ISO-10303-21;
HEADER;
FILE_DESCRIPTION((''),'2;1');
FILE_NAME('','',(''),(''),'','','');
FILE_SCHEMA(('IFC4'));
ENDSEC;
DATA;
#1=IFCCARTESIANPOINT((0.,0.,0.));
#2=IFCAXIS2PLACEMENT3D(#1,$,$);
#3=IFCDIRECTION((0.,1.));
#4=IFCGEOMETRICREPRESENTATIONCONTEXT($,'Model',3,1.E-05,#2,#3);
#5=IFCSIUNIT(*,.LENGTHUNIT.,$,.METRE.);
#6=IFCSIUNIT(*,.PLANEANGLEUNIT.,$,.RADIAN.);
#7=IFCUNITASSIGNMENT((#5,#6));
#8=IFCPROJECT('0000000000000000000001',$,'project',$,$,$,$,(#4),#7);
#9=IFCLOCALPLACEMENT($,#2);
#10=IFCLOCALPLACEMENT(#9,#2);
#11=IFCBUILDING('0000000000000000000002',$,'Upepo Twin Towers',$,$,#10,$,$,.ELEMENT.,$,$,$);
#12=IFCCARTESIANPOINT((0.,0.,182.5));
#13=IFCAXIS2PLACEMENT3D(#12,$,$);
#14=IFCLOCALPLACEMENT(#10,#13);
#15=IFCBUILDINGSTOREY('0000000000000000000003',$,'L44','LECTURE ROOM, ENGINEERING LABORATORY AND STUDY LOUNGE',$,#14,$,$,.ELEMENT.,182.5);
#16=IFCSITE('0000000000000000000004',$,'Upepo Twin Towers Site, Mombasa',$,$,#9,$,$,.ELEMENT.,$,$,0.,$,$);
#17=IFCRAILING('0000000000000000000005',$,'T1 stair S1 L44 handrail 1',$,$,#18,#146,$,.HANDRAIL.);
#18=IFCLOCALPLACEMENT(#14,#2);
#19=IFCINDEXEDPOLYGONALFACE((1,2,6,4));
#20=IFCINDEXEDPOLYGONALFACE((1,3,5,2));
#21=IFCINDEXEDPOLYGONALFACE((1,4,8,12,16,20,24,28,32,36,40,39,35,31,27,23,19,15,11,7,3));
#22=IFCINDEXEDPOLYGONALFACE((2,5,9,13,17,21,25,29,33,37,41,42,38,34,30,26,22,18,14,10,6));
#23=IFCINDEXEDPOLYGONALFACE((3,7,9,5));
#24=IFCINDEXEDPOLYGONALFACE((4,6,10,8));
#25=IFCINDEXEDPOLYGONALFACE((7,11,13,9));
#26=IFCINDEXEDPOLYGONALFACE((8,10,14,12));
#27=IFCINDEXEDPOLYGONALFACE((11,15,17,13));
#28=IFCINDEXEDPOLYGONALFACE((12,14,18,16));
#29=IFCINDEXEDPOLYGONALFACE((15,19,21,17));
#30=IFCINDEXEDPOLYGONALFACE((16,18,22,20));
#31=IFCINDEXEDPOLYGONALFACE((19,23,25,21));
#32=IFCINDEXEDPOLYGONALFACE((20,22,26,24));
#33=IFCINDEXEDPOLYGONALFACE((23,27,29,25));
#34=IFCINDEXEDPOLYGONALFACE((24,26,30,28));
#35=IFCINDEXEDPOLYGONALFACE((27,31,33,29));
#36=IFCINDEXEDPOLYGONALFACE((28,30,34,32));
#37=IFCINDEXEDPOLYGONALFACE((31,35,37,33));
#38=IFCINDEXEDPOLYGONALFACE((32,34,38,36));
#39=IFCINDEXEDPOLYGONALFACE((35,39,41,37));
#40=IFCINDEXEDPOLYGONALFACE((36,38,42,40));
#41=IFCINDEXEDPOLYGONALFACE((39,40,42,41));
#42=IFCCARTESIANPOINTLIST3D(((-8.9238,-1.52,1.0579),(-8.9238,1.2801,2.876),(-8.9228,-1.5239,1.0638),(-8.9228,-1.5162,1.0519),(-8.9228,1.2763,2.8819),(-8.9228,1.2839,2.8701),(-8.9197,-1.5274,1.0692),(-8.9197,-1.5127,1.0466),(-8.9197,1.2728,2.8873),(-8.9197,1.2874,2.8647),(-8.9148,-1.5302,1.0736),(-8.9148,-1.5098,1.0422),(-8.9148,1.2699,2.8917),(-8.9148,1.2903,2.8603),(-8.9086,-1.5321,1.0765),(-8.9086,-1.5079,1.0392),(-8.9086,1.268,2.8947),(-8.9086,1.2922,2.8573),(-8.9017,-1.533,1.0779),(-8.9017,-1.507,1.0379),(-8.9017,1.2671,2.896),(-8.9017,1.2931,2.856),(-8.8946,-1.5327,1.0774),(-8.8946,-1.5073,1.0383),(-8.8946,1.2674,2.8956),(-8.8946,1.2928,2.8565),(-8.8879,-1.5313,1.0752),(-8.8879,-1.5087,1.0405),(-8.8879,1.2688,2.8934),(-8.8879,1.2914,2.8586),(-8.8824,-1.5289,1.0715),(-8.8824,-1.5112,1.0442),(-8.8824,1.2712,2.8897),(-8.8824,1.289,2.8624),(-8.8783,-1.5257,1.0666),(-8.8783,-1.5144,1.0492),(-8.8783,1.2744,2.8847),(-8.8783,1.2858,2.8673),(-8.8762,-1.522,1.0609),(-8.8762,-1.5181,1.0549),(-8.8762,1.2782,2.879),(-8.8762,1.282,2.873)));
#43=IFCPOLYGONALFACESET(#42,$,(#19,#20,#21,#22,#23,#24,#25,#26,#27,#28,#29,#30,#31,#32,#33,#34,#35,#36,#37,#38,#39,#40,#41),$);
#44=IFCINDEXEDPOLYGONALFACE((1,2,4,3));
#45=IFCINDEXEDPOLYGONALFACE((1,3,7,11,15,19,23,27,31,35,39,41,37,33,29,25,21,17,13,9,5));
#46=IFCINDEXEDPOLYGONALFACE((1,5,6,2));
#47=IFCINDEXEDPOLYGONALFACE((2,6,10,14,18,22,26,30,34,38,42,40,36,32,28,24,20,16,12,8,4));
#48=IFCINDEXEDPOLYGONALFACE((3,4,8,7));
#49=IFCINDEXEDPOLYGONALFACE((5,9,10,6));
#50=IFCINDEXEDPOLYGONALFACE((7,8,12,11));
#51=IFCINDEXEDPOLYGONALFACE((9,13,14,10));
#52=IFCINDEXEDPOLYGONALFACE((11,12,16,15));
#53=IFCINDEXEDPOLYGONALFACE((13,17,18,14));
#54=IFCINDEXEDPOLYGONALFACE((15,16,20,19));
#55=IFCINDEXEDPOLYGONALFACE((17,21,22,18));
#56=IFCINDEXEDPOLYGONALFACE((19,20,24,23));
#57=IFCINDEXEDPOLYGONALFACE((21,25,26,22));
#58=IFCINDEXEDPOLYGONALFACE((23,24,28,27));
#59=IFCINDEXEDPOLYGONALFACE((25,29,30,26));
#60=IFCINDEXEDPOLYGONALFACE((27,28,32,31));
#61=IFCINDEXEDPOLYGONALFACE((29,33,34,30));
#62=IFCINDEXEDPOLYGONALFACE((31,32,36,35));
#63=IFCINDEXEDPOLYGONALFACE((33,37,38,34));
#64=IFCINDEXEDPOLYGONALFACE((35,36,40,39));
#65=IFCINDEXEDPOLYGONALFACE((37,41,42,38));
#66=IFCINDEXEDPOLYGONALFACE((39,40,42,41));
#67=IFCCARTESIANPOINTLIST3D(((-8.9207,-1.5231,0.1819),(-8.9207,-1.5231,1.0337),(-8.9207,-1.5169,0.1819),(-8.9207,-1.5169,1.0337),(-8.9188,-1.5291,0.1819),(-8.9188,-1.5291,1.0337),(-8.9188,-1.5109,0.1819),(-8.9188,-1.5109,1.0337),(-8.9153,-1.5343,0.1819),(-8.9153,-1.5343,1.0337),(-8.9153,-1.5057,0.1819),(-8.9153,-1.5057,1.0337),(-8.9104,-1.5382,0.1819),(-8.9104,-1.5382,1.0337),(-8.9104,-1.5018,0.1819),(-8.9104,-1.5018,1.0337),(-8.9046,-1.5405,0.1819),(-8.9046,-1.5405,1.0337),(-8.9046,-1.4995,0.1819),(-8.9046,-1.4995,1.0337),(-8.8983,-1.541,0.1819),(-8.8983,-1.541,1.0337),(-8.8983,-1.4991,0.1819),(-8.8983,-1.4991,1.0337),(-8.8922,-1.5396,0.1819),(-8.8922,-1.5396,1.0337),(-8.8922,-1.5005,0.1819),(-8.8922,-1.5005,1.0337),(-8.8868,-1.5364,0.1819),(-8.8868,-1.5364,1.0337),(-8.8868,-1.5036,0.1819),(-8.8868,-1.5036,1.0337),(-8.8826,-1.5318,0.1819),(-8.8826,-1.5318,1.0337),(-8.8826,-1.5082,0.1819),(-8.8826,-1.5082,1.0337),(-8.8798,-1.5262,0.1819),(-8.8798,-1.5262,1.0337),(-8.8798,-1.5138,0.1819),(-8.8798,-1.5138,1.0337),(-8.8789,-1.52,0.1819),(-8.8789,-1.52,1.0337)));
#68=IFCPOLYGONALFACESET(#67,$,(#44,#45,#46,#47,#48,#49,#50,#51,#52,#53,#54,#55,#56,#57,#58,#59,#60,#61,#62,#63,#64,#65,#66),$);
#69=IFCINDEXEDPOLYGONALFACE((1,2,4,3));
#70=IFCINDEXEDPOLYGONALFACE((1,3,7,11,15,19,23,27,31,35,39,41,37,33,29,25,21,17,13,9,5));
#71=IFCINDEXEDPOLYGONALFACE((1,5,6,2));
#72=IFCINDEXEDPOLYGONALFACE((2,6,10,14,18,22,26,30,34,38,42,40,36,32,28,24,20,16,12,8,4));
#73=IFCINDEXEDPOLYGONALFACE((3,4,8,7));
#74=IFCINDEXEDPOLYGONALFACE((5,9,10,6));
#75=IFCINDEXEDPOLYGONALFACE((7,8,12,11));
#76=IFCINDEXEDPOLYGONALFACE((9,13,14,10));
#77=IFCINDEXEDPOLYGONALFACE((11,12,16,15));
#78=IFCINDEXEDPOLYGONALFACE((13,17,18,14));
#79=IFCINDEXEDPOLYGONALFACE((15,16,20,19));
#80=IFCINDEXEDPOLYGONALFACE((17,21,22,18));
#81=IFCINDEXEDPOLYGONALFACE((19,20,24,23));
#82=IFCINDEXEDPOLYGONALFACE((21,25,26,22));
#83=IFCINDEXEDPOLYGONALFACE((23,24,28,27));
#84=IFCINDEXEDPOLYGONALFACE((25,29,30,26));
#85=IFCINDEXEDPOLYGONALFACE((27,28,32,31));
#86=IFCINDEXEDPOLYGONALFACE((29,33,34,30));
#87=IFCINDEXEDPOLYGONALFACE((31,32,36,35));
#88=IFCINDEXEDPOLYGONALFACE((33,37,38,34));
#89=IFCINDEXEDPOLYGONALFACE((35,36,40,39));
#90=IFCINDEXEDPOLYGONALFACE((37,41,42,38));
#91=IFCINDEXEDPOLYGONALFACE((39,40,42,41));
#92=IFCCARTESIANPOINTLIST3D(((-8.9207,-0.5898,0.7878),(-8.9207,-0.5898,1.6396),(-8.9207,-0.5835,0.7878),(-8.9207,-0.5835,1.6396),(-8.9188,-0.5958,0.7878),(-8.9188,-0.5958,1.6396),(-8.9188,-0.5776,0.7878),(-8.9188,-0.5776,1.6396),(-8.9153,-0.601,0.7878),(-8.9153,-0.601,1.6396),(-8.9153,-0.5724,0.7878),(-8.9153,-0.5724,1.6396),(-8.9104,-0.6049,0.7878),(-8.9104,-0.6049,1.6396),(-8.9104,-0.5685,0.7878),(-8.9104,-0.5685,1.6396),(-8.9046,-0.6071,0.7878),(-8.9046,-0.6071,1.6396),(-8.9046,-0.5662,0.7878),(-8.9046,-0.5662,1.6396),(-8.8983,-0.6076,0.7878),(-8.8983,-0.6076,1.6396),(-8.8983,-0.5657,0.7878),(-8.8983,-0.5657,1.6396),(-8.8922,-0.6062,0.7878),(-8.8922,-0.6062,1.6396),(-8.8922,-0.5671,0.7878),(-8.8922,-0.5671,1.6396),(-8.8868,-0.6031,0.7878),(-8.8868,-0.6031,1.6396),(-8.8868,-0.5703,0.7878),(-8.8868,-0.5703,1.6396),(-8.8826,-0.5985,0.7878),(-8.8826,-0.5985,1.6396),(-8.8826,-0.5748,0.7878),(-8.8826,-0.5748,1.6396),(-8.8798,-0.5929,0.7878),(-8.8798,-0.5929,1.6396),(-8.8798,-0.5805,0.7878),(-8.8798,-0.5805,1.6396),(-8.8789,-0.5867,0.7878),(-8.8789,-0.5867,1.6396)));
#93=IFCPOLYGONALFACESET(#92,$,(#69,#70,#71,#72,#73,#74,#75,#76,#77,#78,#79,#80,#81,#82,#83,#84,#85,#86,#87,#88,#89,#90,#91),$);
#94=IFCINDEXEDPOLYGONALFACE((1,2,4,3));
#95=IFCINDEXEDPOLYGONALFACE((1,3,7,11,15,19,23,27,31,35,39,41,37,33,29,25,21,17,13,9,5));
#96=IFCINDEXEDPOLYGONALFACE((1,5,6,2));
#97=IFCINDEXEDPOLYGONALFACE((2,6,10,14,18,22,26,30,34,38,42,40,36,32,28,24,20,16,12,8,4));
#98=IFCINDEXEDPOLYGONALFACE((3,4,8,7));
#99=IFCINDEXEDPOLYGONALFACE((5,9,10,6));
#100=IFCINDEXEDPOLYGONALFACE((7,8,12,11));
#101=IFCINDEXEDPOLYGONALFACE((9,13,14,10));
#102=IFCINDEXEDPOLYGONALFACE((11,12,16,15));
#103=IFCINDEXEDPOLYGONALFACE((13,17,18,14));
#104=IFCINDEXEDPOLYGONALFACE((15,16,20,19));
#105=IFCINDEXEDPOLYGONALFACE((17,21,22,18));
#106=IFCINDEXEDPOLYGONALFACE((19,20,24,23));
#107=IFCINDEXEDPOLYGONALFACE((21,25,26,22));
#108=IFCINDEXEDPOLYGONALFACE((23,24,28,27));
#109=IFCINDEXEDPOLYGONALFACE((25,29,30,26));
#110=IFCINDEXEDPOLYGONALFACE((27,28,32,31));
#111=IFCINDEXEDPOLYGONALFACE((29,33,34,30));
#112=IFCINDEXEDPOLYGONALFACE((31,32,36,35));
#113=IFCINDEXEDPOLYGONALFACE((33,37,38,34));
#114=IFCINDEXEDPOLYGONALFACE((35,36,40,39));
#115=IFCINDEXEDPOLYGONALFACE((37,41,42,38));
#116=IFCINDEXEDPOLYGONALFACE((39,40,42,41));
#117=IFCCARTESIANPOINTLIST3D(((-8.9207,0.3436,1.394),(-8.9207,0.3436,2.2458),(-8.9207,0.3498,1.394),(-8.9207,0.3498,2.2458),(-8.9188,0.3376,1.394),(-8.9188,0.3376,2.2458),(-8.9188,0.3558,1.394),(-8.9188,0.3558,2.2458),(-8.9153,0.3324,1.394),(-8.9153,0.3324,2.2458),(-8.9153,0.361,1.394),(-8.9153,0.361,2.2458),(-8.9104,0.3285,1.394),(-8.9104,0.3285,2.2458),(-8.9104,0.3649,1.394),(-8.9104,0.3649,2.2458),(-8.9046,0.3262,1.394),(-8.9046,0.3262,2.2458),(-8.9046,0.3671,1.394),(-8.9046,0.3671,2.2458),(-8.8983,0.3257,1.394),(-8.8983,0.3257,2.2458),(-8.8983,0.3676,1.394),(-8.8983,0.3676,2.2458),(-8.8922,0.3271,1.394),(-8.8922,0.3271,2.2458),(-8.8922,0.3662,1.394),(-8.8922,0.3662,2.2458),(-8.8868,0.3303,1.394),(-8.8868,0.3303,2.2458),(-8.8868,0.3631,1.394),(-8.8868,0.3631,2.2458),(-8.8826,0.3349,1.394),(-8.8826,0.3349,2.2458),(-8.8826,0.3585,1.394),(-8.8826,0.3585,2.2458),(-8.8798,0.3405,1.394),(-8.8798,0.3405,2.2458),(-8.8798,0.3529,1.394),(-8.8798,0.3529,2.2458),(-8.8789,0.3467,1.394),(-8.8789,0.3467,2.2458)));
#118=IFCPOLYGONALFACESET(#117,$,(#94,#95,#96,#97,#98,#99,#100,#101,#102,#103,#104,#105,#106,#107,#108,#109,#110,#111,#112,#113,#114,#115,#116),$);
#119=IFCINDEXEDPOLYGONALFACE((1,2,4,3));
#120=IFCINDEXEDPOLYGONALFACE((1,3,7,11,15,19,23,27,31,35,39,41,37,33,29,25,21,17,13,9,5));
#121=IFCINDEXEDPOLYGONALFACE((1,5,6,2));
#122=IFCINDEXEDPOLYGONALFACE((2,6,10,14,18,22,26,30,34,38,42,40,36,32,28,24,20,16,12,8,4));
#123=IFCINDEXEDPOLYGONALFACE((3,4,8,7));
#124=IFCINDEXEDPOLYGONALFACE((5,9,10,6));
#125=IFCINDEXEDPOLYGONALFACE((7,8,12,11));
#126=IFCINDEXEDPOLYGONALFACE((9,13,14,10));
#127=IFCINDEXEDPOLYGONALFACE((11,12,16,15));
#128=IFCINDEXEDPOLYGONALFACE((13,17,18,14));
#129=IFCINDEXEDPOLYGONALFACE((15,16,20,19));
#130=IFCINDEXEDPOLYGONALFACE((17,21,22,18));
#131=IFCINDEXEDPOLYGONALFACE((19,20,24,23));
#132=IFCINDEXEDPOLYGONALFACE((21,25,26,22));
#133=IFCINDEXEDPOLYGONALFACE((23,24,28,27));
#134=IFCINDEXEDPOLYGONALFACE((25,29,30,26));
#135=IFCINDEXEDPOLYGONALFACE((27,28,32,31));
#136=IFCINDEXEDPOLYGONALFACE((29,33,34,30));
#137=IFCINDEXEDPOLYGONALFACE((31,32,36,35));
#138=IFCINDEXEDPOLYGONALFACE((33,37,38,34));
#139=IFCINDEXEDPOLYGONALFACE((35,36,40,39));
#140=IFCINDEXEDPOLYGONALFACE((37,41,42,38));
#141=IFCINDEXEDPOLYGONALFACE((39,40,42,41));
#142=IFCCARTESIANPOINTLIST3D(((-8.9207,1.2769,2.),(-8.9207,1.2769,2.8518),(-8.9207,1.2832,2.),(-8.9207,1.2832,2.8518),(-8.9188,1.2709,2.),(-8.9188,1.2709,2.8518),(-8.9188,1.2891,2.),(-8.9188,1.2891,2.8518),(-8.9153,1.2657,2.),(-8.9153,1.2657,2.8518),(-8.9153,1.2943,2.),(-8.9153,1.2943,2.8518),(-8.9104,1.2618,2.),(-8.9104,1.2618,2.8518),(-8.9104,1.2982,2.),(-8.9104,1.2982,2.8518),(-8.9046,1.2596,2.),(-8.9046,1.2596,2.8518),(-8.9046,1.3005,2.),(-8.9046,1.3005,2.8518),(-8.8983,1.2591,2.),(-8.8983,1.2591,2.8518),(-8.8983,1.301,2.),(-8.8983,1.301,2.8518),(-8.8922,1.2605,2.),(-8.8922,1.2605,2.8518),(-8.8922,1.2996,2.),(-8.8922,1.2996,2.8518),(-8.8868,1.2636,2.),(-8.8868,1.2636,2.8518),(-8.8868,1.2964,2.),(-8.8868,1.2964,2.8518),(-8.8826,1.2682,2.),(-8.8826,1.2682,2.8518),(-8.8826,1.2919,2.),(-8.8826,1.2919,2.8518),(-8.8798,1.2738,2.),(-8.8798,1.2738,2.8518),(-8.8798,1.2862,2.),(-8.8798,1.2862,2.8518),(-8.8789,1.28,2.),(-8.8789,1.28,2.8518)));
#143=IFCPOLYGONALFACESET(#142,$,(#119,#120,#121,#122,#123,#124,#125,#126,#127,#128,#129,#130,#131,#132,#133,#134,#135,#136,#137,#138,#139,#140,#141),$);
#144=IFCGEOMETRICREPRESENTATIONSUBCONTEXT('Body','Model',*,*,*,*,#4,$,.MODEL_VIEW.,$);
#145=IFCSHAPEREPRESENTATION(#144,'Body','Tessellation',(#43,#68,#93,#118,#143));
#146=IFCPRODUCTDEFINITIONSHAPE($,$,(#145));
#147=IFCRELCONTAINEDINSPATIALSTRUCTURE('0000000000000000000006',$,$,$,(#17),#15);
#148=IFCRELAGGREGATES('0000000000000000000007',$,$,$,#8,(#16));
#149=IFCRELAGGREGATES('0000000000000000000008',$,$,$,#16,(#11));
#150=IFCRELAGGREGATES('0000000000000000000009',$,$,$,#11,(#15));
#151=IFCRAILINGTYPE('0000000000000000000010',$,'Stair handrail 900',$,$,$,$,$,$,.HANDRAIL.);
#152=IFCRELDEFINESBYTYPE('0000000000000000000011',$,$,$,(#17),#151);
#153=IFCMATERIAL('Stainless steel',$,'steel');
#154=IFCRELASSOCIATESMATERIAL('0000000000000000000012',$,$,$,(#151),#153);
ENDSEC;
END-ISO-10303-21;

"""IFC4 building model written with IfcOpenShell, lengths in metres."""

from ifc_helpers import new_model, si_unit, direction, frame, origin, origin_2d, place, context, subcontext, project, spatial, circle, extrude, material, type_object, element, save


model = new_model("IFC4")

# Units and contexts
model_context = context("Model", 3, precision=1e-05, world=origin(), true_north=direction((0.0, 1.0)))
body_context = subcontext(model_context, "Body", "Model", "MODEL_VIEW")
ifc_project = project(units=[si_unit("LENGTHUNIT", "METRE"), si_unit("PLANEANGLEUNIT", "RADIAN")], contexts=[model_context])

# Site, building, storey
site_placement = place(None, origin())
site = spatial("IfcSite", under=ifc_project, at=site_placement, Name="Upepo Twin Towers Site, Mombasa", CompositionType="ELEMENT", RefElevation=0.0)
building_placement = place(site_placement, origin())
building = spatial("IfcBuilding", under=site, at=building_placement, Name="Upepo Twin Towers", CompositionType="ELEMENT")
storey_placement = place(building_placement, frame((0.0, 0.0, 182.5)))
storey = spatial("IfcBuildingStorey", under=building, at=storey_placement, Name="L44", Description="LECTURE ROOM, ENGINEERING LABORATORY AND STUDY LOUNGE", CompositionType="ELEMENT", Elevation=182.5)

# Railing
ifc_material_1 = material(Name="Stainless steel", Category="steel")
railing_type = type_object("IfcRailingType", Name="Stair handrail 900", PredefinedType="HANDRAIL", material=ifc_material_1)
railing_1_placement = place(storey_placement, frame((-8.8999, -1.52, 0.1819)))
element("IfcRailing", 1, at=railing_1_placement, inside=storey, type_object=railing_type, Name="T1 stair S1 L44 handrail 1", PredefinedType="HANDRAIL", context=body_context, shape_type="SweptSolid", body=[
    extrude(circle(Radius=0.0239, at=origin_2d()), frame((0.0, 0.0, 0.876), z_axis=(0.0, 0.838706, 0.544585), x_axis=(-1.0, 0.0, 0.0)), (0.0, 0.0, 1.0), 3.3386),
    extrude(circle(Radius=0.021, at=origin_2d()), origin(), (0.0, 0.0, 1.0), 0.8518),
    extrude(circle(Radius=0.021, at=origin_2d()), frame((0.0, 0.9333, 0.606)), (0.0, 0.0, 1.0), 0.8518),
    extrude(circle(Radius=0.021, at=origin_2d()), frame((0.0, 1.8667, 1.2122)), (0.0, 0.0, 1.0), 0.8518),
    extrude(circle(Radius=0.021, at=origin_2d()), frame((0.0, 2.8, 1.8181)), (0.0, 0.0, 1.0), 0.8518),
])

save(model, "model.ifc")
